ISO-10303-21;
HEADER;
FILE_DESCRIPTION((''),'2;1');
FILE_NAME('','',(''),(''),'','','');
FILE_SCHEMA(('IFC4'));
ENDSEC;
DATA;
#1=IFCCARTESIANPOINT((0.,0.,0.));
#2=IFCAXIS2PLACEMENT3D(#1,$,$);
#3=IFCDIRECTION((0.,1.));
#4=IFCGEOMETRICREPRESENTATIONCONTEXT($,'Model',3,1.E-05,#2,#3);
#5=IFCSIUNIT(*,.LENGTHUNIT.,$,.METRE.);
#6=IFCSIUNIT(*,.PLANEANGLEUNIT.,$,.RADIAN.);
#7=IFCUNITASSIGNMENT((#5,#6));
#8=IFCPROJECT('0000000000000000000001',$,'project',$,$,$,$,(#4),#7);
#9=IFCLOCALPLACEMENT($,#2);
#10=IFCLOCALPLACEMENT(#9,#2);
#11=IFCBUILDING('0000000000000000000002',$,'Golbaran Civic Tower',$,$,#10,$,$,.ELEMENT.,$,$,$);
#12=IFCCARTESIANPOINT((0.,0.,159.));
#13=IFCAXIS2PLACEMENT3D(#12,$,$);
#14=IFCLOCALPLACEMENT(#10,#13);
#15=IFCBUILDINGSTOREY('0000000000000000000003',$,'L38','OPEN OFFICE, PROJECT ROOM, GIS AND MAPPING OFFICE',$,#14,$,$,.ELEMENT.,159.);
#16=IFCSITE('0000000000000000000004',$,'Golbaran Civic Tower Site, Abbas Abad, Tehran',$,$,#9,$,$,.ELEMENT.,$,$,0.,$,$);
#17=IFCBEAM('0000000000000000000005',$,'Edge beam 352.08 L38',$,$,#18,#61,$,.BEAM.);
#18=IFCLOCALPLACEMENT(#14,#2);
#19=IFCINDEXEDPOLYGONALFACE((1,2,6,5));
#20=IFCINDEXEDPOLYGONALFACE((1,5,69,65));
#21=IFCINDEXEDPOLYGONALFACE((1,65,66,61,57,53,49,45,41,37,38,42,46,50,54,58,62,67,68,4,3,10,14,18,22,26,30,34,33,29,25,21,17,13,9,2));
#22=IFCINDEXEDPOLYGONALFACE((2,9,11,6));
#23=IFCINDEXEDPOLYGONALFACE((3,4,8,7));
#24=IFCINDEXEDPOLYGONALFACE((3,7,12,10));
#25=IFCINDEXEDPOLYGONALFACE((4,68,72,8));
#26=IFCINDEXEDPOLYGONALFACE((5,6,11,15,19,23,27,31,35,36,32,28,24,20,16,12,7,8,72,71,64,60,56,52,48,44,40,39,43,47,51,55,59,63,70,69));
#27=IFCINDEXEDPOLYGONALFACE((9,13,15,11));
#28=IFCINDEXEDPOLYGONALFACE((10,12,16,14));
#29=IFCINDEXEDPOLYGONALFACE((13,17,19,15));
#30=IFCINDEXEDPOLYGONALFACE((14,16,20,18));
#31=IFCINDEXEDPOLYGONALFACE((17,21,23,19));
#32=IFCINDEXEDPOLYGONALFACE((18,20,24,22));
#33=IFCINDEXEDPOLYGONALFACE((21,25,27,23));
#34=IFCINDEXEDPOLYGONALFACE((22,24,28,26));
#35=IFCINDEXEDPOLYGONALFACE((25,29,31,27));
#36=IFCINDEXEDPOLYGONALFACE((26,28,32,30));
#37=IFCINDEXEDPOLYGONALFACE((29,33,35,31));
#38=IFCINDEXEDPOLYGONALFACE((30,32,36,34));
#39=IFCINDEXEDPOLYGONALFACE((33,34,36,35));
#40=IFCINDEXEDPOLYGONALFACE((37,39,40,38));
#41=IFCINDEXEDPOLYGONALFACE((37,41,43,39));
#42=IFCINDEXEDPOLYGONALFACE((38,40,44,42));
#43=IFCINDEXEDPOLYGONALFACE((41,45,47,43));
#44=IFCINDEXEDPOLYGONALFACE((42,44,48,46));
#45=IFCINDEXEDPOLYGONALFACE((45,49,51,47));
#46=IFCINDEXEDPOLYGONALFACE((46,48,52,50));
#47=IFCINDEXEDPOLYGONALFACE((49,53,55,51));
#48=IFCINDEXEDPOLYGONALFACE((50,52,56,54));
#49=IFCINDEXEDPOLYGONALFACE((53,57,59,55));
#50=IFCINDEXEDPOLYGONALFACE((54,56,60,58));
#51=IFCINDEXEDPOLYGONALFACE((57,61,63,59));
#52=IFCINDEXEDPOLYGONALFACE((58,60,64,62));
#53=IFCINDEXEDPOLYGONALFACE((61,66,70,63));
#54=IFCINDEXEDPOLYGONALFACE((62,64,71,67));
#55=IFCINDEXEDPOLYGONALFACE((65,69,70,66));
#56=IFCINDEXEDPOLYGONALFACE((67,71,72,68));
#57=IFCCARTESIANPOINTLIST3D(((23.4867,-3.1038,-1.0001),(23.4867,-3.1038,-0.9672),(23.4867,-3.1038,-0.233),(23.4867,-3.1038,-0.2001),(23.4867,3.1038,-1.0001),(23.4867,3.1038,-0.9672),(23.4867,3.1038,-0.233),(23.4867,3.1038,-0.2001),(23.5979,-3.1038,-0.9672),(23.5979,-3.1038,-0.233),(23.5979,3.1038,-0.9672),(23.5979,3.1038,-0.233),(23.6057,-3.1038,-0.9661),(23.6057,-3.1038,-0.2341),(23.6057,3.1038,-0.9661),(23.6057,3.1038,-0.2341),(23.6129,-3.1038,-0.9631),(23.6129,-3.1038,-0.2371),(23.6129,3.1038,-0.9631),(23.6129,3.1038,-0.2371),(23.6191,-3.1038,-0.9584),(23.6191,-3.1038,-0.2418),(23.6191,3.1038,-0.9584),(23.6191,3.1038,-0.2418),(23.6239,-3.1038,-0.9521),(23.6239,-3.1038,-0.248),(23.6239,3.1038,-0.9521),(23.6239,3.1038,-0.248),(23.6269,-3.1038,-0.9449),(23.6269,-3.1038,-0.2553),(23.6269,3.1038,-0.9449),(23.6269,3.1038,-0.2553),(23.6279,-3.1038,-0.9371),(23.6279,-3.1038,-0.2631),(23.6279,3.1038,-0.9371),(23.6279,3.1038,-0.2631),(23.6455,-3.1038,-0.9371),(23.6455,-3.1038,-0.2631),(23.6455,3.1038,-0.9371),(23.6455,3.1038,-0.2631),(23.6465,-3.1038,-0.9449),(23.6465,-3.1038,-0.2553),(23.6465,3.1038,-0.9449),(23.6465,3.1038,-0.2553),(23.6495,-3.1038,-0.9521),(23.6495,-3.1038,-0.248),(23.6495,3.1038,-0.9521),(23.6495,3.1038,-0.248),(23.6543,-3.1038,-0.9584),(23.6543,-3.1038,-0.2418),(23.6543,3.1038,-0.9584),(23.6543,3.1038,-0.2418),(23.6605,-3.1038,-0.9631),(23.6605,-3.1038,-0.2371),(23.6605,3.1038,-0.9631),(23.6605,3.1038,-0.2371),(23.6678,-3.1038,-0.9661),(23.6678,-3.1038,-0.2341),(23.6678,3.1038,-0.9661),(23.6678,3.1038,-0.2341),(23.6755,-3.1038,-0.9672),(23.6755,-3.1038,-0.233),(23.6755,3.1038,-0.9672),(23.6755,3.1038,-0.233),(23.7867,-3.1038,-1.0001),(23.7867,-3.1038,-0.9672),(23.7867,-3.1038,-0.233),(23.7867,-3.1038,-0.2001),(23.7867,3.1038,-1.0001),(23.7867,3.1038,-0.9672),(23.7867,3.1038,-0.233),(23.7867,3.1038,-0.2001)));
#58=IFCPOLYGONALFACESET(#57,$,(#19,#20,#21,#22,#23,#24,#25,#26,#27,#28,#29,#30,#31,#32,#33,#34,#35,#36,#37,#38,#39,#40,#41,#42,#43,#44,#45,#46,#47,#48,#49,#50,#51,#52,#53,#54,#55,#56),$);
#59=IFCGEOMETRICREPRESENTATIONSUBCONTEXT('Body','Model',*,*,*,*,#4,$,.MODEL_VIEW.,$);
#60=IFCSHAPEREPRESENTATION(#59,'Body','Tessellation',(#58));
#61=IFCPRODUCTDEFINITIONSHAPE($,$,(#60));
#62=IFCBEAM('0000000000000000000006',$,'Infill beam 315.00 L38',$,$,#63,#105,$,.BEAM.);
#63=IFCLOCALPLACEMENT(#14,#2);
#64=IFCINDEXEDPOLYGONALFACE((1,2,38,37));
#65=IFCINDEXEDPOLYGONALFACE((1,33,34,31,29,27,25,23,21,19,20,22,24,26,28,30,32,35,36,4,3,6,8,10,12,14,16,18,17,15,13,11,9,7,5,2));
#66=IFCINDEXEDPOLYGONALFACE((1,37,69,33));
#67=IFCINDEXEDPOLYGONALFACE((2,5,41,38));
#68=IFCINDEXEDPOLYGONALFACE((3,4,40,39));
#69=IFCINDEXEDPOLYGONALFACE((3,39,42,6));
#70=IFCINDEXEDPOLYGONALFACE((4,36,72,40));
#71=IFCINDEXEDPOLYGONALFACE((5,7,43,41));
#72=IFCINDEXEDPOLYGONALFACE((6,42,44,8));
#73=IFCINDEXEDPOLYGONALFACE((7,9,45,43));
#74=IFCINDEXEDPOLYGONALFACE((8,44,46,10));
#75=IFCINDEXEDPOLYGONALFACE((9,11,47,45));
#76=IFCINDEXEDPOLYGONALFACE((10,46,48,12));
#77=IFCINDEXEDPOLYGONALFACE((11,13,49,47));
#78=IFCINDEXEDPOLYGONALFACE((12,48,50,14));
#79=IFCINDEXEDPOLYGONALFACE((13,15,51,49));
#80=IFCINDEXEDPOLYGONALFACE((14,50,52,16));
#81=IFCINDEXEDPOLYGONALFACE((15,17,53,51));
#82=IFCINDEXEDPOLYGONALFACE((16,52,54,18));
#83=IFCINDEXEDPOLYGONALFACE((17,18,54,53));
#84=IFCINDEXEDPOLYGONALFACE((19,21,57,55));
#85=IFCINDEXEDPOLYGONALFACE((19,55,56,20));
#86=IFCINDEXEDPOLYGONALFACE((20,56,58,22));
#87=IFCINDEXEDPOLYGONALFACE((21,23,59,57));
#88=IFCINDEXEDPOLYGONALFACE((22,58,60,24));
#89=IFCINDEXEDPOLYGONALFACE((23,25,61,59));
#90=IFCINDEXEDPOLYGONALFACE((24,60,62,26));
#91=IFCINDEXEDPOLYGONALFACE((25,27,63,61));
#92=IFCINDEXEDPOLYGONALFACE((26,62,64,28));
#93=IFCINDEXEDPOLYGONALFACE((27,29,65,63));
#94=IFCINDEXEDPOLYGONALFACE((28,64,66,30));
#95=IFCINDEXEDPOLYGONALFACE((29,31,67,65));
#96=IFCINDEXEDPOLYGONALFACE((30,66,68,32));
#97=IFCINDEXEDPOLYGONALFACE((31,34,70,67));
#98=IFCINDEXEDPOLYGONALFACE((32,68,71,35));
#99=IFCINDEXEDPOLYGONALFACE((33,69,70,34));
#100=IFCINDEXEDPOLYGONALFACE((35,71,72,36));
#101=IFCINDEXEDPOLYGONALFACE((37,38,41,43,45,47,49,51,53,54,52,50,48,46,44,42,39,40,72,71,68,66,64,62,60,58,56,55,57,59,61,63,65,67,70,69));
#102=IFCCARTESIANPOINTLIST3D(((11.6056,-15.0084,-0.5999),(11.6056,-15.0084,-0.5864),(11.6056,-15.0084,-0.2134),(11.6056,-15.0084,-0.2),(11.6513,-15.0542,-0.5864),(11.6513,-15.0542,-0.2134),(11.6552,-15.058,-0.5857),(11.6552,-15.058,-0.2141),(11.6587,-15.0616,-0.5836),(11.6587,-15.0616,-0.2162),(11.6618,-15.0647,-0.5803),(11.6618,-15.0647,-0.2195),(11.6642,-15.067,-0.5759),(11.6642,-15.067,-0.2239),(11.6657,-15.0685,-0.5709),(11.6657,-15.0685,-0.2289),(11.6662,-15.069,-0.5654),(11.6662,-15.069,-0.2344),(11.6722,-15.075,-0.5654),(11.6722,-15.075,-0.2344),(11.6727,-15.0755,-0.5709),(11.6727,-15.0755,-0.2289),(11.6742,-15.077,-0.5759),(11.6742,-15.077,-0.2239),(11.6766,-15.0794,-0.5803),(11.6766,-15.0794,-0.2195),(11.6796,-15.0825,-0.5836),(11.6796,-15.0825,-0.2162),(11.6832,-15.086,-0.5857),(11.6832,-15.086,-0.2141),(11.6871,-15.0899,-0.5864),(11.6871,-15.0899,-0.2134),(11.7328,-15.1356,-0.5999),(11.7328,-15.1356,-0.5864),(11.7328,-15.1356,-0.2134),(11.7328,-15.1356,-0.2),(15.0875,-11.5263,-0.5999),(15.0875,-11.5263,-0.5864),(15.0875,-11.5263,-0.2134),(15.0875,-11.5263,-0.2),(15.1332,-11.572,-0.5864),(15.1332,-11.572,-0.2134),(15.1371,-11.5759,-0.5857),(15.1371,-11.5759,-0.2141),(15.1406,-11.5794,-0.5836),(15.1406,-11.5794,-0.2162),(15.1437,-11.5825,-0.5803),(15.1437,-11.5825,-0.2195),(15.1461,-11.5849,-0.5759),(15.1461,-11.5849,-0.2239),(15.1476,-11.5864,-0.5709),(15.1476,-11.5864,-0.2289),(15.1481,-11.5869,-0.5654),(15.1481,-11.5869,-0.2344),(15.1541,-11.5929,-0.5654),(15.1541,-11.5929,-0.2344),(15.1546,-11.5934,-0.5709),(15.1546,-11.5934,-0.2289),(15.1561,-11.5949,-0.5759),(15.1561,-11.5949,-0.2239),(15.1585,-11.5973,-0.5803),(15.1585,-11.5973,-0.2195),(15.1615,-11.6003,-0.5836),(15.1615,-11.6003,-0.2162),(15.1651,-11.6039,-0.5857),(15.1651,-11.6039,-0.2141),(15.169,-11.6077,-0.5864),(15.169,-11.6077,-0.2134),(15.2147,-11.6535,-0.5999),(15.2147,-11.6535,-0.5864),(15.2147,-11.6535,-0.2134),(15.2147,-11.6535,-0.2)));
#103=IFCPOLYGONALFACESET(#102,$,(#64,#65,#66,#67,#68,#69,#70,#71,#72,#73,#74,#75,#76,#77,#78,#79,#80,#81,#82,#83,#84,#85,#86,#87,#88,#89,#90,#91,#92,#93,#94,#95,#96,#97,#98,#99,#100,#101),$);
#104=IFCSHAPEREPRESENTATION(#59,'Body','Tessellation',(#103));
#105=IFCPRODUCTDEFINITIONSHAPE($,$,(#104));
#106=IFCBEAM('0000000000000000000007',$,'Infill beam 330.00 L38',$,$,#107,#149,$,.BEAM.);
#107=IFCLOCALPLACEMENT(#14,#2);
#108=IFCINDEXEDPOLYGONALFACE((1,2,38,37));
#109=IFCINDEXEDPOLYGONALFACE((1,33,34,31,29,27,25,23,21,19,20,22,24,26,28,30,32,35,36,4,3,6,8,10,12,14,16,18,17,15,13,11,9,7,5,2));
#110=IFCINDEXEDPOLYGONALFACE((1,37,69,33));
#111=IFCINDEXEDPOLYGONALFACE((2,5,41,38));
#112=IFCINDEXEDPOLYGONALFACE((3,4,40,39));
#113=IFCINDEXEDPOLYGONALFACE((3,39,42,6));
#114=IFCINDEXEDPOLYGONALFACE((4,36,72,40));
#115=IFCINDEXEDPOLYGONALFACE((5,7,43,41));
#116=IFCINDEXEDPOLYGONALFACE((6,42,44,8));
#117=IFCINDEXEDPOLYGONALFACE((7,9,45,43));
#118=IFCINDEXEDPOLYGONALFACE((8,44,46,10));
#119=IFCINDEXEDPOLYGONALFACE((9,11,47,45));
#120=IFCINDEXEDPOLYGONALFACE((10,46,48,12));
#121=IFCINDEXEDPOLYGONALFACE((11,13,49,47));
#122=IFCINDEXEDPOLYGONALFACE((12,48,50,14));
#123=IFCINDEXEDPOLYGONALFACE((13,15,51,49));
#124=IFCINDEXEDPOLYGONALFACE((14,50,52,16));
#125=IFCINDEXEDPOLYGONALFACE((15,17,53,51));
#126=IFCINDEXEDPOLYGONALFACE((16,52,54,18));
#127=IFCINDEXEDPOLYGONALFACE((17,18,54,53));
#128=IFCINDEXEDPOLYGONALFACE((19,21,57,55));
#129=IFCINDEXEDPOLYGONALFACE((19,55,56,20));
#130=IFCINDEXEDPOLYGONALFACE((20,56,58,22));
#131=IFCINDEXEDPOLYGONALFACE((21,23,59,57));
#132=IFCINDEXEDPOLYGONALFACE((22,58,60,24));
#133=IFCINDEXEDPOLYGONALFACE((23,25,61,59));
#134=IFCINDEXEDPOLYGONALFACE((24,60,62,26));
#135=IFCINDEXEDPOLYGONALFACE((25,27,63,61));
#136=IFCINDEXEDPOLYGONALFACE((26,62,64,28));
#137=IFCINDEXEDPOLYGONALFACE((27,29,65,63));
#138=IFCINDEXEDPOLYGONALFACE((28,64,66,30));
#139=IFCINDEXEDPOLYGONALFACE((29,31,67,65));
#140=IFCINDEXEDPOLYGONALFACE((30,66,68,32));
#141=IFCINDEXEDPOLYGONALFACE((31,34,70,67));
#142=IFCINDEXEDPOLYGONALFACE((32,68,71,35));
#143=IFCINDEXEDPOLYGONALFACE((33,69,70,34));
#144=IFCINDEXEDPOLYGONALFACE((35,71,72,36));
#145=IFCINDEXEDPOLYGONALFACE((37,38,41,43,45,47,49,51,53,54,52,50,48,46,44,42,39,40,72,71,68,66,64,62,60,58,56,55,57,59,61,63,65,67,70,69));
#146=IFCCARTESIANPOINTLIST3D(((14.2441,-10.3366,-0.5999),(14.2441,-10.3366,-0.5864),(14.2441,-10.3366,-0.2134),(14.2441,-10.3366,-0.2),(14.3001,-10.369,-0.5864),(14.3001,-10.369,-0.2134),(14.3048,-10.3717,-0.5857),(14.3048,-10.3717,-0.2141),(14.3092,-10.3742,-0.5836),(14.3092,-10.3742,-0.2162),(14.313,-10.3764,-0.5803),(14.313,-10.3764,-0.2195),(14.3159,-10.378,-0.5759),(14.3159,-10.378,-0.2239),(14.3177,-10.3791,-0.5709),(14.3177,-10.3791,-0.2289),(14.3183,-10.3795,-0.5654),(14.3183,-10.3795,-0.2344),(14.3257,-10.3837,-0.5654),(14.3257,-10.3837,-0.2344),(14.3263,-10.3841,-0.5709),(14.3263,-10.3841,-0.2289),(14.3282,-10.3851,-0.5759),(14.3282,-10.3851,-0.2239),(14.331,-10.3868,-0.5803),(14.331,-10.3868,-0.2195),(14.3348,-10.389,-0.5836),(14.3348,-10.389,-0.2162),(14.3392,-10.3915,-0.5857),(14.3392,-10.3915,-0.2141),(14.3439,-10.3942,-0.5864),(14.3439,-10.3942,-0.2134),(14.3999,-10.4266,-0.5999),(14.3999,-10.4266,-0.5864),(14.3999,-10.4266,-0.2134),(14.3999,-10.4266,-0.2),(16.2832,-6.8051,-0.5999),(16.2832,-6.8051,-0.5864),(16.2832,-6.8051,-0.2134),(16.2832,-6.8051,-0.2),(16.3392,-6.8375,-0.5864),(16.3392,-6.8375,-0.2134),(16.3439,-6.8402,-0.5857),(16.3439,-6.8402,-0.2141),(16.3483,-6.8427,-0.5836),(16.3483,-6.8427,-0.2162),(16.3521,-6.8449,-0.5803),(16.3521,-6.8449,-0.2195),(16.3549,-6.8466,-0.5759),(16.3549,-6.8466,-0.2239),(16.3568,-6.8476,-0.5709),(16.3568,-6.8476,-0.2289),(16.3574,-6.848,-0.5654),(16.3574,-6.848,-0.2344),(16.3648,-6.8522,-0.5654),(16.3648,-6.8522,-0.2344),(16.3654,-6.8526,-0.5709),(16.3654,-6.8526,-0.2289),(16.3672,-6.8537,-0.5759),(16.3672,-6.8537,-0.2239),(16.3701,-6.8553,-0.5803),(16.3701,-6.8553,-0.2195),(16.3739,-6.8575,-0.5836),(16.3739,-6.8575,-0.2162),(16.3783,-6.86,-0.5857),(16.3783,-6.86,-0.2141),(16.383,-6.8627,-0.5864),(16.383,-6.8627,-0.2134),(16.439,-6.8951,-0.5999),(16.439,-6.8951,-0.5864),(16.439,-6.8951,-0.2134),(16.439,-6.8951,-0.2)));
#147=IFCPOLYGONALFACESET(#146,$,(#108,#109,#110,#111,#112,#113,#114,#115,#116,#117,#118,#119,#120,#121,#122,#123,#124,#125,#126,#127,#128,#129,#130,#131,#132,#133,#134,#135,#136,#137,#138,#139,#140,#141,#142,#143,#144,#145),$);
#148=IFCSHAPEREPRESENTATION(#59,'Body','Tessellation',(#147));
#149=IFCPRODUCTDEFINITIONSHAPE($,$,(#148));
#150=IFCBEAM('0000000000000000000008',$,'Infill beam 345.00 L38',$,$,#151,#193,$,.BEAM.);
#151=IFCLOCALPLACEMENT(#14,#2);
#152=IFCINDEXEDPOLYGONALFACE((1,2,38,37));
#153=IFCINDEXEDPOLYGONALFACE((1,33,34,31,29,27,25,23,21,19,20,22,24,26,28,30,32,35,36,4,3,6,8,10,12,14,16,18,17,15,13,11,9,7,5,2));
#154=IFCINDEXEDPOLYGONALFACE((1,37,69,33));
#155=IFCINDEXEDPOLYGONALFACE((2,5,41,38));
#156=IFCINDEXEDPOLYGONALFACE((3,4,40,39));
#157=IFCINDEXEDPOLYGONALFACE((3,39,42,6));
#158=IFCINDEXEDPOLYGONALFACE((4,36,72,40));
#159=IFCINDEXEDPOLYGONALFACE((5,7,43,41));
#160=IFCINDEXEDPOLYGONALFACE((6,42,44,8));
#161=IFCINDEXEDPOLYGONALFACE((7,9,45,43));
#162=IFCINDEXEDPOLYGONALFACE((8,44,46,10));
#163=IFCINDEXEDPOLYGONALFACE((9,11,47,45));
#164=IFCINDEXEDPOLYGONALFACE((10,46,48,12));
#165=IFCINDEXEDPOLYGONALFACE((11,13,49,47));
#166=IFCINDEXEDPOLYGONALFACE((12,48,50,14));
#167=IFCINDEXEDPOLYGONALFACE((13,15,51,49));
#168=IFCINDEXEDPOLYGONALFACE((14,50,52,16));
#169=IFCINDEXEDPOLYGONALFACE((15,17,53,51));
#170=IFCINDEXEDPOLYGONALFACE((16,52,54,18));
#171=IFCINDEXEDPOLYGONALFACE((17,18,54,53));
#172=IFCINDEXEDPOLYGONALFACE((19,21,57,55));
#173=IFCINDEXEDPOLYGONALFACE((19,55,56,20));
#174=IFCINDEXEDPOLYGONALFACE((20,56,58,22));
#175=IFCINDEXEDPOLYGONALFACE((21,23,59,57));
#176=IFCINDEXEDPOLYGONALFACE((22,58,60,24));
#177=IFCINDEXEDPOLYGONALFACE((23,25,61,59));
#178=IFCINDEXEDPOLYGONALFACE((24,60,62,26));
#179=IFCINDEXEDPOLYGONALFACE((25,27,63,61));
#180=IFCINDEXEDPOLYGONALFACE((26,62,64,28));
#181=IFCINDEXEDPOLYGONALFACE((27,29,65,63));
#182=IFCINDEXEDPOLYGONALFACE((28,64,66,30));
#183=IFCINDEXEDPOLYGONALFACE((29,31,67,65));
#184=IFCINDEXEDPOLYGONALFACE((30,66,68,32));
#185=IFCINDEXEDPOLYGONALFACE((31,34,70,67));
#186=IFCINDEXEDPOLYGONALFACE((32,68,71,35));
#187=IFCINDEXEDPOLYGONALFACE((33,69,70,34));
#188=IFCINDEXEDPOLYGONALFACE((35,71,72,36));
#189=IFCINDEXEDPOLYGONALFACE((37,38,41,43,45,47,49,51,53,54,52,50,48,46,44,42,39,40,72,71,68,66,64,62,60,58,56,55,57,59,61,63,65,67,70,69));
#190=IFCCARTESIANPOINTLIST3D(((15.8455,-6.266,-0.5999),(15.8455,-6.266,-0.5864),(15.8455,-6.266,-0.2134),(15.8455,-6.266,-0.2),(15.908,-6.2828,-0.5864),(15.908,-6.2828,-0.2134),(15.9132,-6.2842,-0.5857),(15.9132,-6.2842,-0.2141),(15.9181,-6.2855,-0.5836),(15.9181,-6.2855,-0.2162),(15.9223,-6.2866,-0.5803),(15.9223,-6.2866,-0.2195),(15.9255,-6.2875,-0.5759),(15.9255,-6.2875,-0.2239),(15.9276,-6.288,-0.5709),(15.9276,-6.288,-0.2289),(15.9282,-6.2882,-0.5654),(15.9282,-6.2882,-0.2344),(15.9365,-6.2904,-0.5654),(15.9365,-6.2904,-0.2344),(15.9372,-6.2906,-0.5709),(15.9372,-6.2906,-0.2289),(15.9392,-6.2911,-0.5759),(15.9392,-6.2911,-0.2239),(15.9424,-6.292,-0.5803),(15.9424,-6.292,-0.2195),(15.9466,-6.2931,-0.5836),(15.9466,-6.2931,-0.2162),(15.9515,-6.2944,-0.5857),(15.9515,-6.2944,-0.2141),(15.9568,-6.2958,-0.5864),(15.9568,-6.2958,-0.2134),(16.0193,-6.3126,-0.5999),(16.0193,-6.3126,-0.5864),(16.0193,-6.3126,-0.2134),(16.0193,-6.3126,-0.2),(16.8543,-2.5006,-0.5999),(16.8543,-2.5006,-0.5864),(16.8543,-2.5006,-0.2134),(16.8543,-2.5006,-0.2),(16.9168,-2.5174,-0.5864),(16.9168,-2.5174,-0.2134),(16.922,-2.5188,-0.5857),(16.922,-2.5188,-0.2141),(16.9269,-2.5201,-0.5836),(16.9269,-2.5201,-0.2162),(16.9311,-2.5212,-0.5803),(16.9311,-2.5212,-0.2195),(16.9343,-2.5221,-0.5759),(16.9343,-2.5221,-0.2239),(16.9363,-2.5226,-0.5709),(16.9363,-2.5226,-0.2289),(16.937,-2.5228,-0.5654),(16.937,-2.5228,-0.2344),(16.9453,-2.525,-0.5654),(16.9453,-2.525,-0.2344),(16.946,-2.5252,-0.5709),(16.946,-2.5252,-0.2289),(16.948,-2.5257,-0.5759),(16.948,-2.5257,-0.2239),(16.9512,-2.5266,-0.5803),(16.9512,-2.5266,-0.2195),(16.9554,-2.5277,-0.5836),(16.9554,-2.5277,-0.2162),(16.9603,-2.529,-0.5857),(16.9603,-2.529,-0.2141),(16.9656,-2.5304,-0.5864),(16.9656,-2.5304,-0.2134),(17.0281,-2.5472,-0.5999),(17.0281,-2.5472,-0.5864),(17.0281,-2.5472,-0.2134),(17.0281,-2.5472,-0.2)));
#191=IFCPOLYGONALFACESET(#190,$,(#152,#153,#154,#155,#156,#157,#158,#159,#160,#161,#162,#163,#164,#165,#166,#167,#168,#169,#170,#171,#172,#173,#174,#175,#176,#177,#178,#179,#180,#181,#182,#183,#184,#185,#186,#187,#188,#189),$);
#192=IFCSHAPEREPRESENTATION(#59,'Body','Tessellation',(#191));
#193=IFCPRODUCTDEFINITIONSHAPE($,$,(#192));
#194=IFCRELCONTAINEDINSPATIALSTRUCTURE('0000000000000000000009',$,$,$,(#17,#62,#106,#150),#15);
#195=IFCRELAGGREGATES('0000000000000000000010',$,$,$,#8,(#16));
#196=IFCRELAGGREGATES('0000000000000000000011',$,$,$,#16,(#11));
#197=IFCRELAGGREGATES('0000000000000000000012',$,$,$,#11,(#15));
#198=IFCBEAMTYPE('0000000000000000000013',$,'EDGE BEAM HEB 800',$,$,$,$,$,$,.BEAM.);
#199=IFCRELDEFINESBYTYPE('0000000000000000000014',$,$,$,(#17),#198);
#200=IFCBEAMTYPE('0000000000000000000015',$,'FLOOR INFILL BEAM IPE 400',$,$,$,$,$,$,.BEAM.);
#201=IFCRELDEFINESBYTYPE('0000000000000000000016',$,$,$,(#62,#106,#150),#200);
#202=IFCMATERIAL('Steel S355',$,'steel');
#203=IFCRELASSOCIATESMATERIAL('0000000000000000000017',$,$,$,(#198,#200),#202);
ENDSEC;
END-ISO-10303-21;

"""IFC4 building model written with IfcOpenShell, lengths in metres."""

from ifc_helpers import new_model, si_unit, direction, frame, origin, origin_2d, place, context, subcontext, project, spatial, i_section, extrude, material, material_profile, profile_set, type_object, element, save


model = new_model("IFC4")

# Units and contexts
model_context = context("Model", 3, precision=1e-05, world=origin(), true_north=direction((0.0, 1.0)))
body_context = subcontext(model_context, "Body", "Model", "MODEL_VIEW")
ifc_project = project(units=[si_unit("LENGTHUNIT", "METRE"), si_unit("PLANEANGLEUNIT", "RADIAN")], contexts=[model_context])

# Site, building, storey
site_placement = place(None, origin())
site = spatial("IfcSite", under=ifc_project, at=site_placement, Name="Golbaran Civic Tower Site, Abbas Abad, Tehran", CompositionType="ELEMENT", RefElevation=0.0)
building_placement = place(site_placement, origin())
building = spatial("IfcBuilding", under=site, at=building_placement, Name="Golbaran Civic Tower", CompositionType="ELEMENT")
storey_placement = place(building_placement, frame((0.0, 0.0, 159.0)))
storey = spatial("IfcBuildingStorey", under=building, at=storey_placement, Name="L38", Description="OPEN OFFICE, PROJECT ROOM, GIS AND MAPPING OFFICE", CompositionType="ELEMENT", Elevation=159.0)

# Beams
ifc_material_1 = material(Name="Steel S355", Category="steel")
ifc_material_profile_1 = material_profile(ifc_material_1, i_section(OverallWidth=0.3, OverallDepth=0.8, WebThickness=0.0176, FlangeThickness=0.033, FilletRadius=0.03, at=origin_2d()), Name="HEB 800")
ifc_profile_set_1 = profile_set([ifc_material_profile_1], Name="Steel S355")
beam_type_1 = type_object("IfcBeamType", Name="EDGE BEAM HEB 800", PredefinedType="BEAM", material=ifc_profile_set_1)
beam_1_placement = place(storey_placement, frame((23.6367, -3.1038, -0.6001), z_axis=(0.0, 1.0, 0.0), x_axis=(-1.0, 0.0, 0.0)))
element("IfcBeam", 1, at=beam_1_placement, inside=storey, type_object=beam_type_1, Name="Edge beam 352.08 L38", PredefinedType="BEAM", context=body_context, shape_type="SweptSolid", body=[
    extrude(i_section(OverallWidth=0.3, OverallDepth=0.8, WebThickness=0.0176, FlangeThickness=0.033, FilletRadius=0.03, at=origin_2d()), origin(), (0.0, 0.0, 1.0), 6.2075),
])
ifc_material_profile_2 = material_profile(ifc_material_1, i_section(OverallWidth=0.1799, OverallDepth=0.3999, WebThickness=0.0085, FlangeThickness=0.0134, FilletRadius=0.021, at=origin_2d()), Name="IPE 400")
ifc_profile_set_2 = profile_set([ifc_material_profile_2], Name="Steel S355")
beam_type_2 = type_object("IfcBeamType", Name="FLOOR INFILL BEAM IPE 400", PredefinedType="BEAM", material=ifc_profile_set_2)
beam_2_placement = place(storey_placement, frame((11.6692, -15.072, -0.3999), z_axis=(0.707082, 0.707132, 0.0), x_axis=(-0.707132, 0.707082, 0.0)))
element("IfcBeam", 2, at=beam_2_placement, inside=storey, type_object=beam_type_2, Name="Infill beam 315.00 L38", PredefinedType="BEAM", context=body_context, shape_type="SweptSolid", body=[
    extrude(i_section(OverallWidth=0.1799, OverallDepth=0.3999, WebThickness=0.0085, FlangeThickness=0.0134, FilletRadius=0.021, at=origin_2d()), origin(), (0.0, 0.0, 1.0), 4.9243),
])
beam_3_placement = place(storey_placement, frame((14.322, -10.3816, -0.3999), z_axis=(0.500028, 0.866009, 0.0), x_axis=(-0.866009, 0.500028, 0.0)))
element("IfcBeam", 3, at=beam_3_placement, inside=storey, type_object=beam_type_2, Name="Infill beam 330.00 L38", PredefinedType="BEAM", context=body_context, shape_type="SweptSolid", body=[
    extrude(i_section(OverallWidth=0.1799, OverallDepth=0.3999, WebThickness=0.0085, FlangeThickness=0.0134, FilletRadius=0.021, at=origin_2d()), origin(), (0.0, 0.0, 1.0), 4.0779),
])
beam_4_placement = place(storey_placement, frame((15.9324, -6.2893, -0.3999), z_axis=(0.258785, 0.965935, 0.0), x_axis=(-0.965935, 0.258785, 0.0)))
element("IfcBeam", 4, at=beam_4_placement, inside=storey, type_object=beam_type_2, Name="Infill beam 345.00 L38", PredefinedType="BEAM", context=body_context, shape_type="SweptSolid", body=[
    extrude(i_section(OverallWidth=0.1799, OverallDepth=0.3999, WebThickness=0.0085, FlangeThickness=0.0134, FilletRadius=0.021, at=origin_2d()), origin(), (0.0, 0.0, 1.0), 3.8982),
])

save(model, "model.ifc")
